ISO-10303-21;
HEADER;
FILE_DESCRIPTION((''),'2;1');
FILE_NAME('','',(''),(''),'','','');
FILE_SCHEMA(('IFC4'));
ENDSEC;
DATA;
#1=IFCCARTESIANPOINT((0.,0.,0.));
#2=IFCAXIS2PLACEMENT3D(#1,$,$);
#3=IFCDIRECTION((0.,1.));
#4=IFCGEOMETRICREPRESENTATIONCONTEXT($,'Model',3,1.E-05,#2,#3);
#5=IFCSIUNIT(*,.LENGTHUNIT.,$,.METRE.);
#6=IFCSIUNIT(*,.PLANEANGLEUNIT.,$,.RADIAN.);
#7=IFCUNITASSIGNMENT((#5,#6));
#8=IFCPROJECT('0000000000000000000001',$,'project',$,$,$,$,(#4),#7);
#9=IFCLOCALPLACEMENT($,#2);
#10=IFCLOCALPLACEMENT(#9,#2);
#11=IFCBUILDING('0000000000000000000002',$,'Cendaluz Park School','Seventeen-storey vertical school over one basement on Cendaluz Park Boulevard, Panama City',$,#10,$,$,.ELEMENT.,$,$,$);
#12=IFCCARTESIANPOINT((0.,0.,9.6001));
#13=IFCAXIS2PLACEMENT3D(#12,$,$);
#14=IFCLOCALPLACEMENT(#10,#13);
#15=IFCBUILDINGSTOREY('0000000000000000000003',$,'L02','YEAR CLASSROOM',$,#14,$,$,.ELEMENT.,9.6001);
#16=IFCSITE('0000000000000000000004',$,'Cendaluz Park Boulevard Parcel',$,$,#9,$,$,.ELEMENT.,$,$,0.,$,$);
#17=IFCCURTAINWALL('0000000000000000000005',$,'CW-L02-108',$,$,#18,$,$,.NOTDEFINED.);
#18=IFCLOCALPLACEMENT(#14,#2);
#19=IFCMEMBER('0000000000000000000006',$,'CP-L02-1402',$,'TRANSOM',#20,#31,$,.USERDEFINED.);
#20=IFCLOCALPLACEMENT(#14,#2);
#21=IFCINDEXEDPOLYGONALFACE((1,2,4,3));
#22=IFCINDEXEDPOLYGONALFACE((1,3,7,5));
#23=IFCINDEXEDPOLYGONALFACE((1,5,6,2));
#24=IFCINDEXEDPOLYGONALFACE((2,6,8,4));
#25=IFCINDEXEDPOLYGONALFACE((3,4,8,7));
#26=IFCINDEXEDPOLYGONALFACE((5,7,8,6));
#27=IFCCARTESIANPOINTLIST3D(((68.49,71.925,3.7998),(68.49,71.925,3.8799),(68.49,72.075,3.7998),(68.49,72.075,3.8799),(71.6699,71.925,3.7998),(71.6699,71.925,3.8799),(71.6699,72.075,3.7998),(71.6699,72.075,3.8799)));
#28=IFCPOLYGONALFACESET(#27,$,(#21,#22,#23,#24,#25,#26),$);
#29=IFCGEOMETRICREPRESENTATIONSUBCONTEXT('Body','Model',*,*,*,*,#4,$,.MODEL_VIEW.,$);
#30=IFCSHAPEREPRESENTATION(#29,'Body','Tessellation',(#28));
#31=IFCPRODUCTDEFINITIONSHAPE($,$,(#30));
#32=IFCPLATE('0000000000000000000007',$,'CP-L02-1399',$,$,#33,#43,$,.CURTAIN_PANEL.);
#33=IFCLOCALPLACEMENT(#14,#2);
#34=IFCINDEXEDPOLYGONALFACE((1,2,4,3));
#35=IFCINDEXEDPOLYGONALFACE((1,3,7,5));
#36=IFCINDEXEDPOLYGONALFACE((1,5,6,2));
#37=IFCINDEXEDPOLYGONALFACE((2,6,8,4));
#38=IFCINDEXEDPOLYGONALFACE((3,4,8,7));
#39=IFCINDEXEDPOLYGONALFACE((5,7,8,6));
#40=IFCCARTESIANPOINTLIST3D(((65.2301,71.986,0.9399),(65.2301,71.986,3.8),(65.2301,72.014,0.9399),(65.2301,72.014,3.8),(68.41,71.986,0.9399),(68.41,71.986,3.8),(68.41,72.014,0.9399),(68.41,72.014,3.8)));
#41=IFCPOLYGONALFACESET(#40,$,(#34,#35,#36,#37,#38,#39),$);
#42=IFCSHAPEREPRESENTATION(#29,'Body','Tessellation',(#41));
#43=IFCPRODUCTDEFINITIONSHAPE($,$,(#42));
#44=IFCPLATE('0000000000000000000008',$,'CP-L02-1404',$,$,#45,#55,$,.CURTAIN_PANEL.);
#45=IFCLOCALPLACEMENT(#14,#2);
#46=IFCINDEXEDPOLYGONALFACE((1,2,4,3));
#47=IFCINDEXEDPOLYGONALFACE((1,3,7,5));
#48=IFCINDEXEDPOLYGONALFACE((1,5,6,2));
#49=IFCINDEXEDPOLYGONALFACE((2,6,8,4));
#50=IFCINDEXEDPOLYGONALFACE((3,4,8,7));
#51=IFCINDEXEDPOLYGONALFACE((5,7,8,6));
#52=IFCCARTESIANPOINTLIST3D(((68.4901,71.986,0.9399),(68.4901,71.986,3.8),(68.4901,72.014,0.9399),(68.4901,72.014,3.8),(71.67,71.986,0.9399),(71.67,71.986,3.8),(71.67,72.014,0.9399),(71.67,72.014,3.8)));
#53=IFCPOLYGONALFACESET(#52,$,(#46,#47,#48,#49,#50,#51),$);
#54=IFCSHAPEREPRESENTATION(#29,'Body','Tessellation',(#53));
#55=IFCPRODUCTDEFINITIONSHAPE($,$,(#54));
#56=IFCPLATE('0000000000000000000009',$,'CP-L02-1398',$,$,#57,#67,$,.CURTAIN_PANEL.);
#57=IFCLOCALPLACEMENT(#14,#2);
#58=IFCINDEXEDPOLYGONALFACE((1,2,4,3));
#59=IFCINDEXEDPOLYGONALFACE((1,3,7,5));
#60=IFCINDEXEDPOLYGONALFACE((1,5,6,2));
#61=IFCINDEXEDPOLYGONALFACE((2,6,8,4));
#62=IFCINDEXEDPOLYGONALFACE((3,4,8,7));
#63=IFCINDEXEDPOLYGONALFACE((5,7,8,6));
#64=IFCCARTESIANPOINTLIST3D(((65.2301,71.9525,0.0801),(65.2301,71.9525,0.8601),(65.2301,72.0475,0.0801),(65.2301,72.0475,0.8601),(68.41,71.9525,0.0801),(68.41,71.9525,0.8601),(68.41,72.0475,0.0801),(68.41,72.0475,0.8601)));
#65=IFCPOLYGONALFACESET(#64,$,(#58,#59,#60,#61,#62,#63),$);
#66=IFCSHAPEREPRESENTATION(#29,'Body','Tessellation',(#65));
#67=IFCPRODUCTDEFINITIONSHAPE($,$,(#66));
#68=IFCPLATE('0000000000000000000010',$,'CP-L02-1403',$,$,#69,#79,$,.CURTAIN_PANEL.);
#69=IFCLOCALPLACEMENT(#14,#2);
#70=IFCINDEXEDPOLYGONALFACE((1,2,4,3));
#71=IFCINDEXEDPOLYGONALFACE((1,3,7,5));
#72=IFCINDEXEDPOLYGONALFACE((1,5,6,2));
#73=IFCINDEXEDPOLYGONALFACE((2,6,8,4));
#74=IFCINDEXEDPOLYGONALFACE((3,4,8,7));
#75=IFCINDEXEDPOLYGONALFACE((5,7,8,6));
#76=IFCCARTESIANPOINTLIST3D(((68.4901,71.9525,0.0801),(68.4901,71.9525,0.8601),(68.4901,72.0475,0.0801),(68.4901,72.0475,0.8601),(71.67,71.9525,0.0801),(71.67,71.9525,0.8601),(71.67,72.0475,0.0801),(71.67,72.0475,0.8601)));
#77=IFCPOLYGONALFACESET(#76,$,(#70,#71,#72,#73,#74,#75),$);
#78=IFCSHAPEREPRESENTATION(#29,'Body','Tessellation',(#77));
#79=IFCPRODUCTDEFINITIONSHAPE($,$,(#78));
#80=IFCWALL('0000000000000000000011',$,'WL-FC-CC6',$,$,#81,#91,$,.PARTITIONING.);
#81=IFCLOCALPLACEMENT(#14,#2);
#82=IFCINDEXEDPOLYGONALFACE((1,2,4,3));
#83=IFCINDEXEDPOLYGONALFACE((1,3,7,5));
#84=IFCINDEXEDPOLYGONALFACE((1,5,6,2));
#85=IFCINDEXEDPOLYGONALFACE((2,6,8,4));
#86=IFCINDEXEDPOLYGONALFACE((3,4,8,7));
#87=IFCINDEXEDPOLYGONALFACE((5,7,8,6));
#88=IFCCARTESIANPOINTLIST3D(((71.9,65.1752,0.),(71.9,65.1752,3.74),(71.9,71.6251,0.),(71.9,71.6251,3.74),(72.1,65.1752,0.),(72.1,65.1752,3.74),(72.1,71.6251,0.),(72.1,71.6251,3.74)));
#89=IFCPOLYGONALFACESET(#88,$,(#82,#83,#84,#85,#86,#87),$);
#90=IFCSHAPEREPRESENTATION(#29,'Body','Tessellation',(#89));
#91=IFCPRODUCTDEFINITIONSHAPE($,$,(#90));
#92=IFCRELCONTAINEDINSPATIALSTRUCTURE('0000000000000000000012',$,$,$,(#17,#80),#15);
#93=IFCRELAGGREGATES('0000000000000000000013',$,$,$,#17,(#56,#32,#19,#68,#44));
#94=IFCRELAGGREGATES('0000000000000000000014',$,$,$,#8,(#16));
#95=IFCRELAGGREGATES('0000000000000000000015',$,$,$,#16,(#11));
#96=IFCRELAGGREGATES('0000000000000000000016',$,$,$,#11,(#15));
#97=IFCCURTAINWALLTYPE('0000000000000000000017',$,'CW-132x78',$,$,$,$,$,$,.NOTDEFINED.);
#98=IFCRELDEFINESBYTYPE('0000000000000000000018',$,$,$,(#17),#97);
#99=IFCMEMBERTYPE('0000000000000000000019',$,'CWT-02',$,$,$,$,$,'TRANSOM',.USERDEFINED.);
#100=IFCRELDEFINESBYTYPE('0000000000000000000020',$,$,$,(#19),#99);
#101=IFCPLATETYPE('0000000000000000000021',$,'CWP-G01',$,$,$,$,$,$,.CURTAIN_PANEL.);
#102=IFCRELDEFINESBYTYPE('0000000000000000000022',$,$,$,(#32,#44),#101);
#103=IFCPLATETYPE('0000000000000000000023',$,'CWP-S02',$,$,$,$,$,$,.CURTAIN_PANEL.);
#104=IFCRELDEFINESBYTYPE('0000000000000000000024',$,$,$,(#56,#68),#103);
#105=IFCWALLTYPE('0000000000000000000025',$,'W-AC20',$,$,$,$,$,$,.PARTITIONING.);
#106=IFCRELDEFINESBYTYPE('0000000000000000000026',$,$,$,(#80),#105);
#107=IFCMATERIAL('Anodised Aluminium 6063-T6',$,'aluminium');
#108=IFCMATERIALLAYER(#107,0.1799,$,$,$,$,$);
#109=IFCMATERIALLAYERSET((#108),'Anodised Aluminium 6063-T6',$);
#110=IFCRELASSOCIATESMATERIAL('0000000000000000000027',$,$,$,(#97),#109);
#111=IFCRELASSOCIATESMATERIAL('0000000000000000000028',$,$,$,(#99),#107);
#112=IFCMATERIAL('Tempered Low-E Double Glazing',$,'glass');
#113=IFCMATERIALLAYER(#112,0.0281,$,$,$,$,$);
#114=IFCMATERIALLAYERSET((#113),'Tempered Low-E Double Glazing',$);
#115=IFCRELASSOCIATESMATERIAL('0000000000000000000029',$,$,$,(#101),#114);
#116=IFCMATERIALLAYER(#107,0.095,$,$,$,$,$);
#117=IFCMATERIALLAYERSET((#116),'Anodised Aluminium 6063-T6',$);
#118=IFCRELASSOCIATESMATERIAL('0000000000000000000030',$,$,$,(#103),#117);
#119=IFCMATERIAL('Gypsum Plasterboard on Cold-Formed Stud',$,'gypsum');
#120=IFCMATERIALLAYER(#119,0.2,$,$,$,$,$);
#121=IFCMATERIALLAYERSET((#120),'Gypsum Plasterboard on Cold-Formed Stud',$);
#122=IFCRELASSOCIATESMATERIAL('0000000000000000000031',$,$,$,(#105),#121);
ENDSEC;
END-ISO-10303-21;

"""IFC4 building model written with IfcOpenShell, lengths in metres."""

from ifc_helpers import new_model, si_unit, direction, frame, frame_2d, origin, origin_2d, place, context, subcontext, project, spatial, rectangle, extrude, material, layer, layer_set, material_profile, profile_set, type_object, element, aggregate, save


model = new_model("IFC4")

# Units and contexts
model_context = context("Model", 3, precision=1e-05, world=origin(), true_north=direction((0.0, 1.0)))
body_context = subcontext(model_context, "Body", "Model", "MODEL_VIEW")
ifc_project = project(units=[si_unit("LENGTHUNIT", "METRE"), si_unit("PLANEANGLEUNIT", "RADIAN")], contexts=[model_context])

# Site, building, storey
site_placement = place(None, origin())
site = spatial("IfcSite", under=ifc_project, at=site_placement, Name="Cendaluz Park Boulevard Parcel", CompositionType="ELEMENT", RefElevation=0.0)
building_placement = place(site_placement, origin())
building = spatial("IfcBuilding", under=site, at=building_placement, Name="Cendaluz Park School", Description="Seventeen-storey vertical school over one basement on Cendaluz Park Boulevard, Panama City", CompositionType="ELEMENT")
storey_placement = place(building_placement, frame((0.0, 0.0, 9.6001)))
storey = spatial("IfcBuildingStorey", under=building, at=storey_placement, Name="L02", Description="YEAR CLASSROOM", CompositionType="ELEMENT", Elevation=9.6001)

# Curtain wall
ifc_material_1 = material(Name="Anodised Aluminium 6063-T6", Category="aluminium")
ifc_layer_1 = layer(ifc_material_1, 0.1799)
ifc_layer_set_1 = layer_set([ifc_layer_1], Name="Anodised Aluminium 6063-T6")
curtain_wall_type = type_object("IfcCurtainWallType", Name="CW-132x78", PredefinedType="NOTDEFINED", material=ifc_layer_set_1)
curtain_wall_1_placement = place(storey_placement, origin())
curtain_wall_1 = element("IfcCurtainWall", 1, at=curtain_wall_1_placement, inside=storey, type_object=curtain_wall_type, Name="CW-L02-108", PredefinedType="NOTDEFINED")

# Member
ifc_material_profile_1 = material_profile(ifc_material_1, rectangle(XDim=0.1499, YDim=0.0801, at=origin_2d()), Name="CWT 150x80", Category="aluminium")
ifc_profile_set_1 = profile_set([ifc_material_profile_1], Name="Anodised Aluminium 6063-T6")
member_type_1 = type_object("IfcMemberType", Name="CWT-02", ElementType="TRANSOM", PredefinedType="USERDEFINED", material=ifc_profile_set_1)
member_1_placement = place(storey_placement, frame((68.49, 72.0, 3.8398), z_axis=(1.0, 0.0, 0.0), x_axis=(0.0, 1.0, 0.0)))
member_1 = element("IfcMember", 2, at=member_1_placement, type_object=member_type_1, Name="CP-L02-1402", ObjectType="TRANSOM", PredefinedType="USERDEFINED", context=body_context, shape_type="SweptSolid", body=[
    extrude(rectangle(XDim=0.1499, YDim=0.0801, at=origin_2d()), origin(), (0.0, 0.0, 1.0), 3.1799),
])

# Plates
ifc_material_2 = material(Name="Tempered Low-E Double Glazing", Category="glass")
ifc_layer_2 = layer(ifc_material_2, 0.0281)
ifc_layer_set_2 = layer_set([ifc_layer_2], Name="Tempered Low-E Double Glazing")
plate_type_1 = type_object("IfcPlateType", Name="CWP-G01", PredefinedType="CURTAIN_PANEL", material=ifc_layer_set_2)
plate_1_placement = place(storey_placement, frame((66.8201, 72.0, 0.9399), z_axis=(0.0, 0.0, 1.0), x_axis=(1.0, 0.0, 0.0)))
plate_1 = element("IfcPlate", 3, at=plate_1_placement, type_object=plate_type_1, Name="CP-L02-1399", PredefinedType="CURTAIN_PANEL", context=body_context, shape_type="SweptSolid", body=[
    extrude(rectangle(XDim=3.1799, YDim=0.0281, at=origin_2d()), origin(), (0.0, 0.0, 1.0), 2.8601),
])
plate_2_placement = place(storey_placement, frame((70.0801, 72.0, 0.9399), z_axis=(0.0, 0.0, 1.0), x_axis=(1.0, 0.0, 0.0)))
plate_2 = element("IfcPlate", 4, at=plate_2_placement, type_object=plate_type_1, Name="CP-L02-1404", PredefinedType="CURTAIN_PANEL", context=body_context, shape_type="SweptSolid", body=[
    extrude(rectangle(XDim=3.1799, YDim=0.0281, at=origin_2d()), origin(), (0.0, 0.0, 1.0), 2.8601),
])
ifc_layer_3 = layer(ifc_material_1, 0.095)
ifc_layer_set_3 = layer_set([ifc_layer_3], Name="Anodised Aluminium 6063-T6")
plate_type_2 = type_object("IfcPlateType", Name="CWP-S02", PredefinedType="CURTAIN_PANEL", material=ifc_layer_set_3)
plate_3_placement = place(storey_placement, frame((66.8201, 72.0, 0.0801), z_axis=(0.0, 0.0, 1.0), x_axis=(1.0, 0.0, 0.0)))
plate_3 = element("IfcPlate", 5, at=plate_3_placement, type_object=plate_type_2, Name="CP-L02-1398", PredefinedType="CURTAIN_PANEL", context=body_context, shape_type="SweptSolid", body=[
    extrude(rectangle(XDim=3.1799, YDim=0.095, at=origin_2d()), origin(), (0.0, 0.0, 1.0), 0.78),
])
plate_4_placement = place(storey_placement, frame((70.0801, 72.0, 0.0801), z_axis=(0.0, 0.0, 1.0), x_axis=(1.0, 0.0, 0.0)))
plate_4 = element("IfcPlate", 6, at=plate_4_placement, type_object=plate_type_2, Name="CP-L02-1403", PredefinedType="CURTAIN_PANEL", context=body_context, shape_type="SweptSolid", body=[
    extrude(rectangle(XDim=3.1799, YDim=0.095, at=origin_2d()), origin(), (0.0, 0.0, 1.0), 0.78),
])
aggregate(curtain_wall_1, [plate_3, plate_1, member_1, plate_4, plate_2])

# Wall
ifc_material_3 = material(Name="Gypsum Plasterboard on Cold-Formed Stud", Category="gypsum")
ifc_layer_4 = layer(ifc_material_3, 0.2)
ifc_layer_set_4 = layer_set([ifc_layer_4], Name="Gypsum Plasterboard on Cold-Formed Stud")
wall_type = type_object("IfcWallType", Name="W-AC20", PredefinedType="PARTITIONING", material=ifc_layer_set_4)
wall_placement = place(storey_placement, frame((72.0, 65.175, 0.0), z_axis=(0.0, 0.0, 1.0), x_axis=(0.0, 1.0, 0.0)))
element("IfcWall", 7, at=wall_placement, inside=storey, type_object=wall_type, Name="WL-FC-CC6", PredefinedType="PARTITIONING", context=body_context, shape_type="SweptSolid", body=[
    extrude(rectangle(XDim=6.45, YDim=0.2, at=frame_2d((3.2251, 0.0))), origin(), (0.0, 0.0, 1.0), 3.74),
])

save(model, "model.ifc")
